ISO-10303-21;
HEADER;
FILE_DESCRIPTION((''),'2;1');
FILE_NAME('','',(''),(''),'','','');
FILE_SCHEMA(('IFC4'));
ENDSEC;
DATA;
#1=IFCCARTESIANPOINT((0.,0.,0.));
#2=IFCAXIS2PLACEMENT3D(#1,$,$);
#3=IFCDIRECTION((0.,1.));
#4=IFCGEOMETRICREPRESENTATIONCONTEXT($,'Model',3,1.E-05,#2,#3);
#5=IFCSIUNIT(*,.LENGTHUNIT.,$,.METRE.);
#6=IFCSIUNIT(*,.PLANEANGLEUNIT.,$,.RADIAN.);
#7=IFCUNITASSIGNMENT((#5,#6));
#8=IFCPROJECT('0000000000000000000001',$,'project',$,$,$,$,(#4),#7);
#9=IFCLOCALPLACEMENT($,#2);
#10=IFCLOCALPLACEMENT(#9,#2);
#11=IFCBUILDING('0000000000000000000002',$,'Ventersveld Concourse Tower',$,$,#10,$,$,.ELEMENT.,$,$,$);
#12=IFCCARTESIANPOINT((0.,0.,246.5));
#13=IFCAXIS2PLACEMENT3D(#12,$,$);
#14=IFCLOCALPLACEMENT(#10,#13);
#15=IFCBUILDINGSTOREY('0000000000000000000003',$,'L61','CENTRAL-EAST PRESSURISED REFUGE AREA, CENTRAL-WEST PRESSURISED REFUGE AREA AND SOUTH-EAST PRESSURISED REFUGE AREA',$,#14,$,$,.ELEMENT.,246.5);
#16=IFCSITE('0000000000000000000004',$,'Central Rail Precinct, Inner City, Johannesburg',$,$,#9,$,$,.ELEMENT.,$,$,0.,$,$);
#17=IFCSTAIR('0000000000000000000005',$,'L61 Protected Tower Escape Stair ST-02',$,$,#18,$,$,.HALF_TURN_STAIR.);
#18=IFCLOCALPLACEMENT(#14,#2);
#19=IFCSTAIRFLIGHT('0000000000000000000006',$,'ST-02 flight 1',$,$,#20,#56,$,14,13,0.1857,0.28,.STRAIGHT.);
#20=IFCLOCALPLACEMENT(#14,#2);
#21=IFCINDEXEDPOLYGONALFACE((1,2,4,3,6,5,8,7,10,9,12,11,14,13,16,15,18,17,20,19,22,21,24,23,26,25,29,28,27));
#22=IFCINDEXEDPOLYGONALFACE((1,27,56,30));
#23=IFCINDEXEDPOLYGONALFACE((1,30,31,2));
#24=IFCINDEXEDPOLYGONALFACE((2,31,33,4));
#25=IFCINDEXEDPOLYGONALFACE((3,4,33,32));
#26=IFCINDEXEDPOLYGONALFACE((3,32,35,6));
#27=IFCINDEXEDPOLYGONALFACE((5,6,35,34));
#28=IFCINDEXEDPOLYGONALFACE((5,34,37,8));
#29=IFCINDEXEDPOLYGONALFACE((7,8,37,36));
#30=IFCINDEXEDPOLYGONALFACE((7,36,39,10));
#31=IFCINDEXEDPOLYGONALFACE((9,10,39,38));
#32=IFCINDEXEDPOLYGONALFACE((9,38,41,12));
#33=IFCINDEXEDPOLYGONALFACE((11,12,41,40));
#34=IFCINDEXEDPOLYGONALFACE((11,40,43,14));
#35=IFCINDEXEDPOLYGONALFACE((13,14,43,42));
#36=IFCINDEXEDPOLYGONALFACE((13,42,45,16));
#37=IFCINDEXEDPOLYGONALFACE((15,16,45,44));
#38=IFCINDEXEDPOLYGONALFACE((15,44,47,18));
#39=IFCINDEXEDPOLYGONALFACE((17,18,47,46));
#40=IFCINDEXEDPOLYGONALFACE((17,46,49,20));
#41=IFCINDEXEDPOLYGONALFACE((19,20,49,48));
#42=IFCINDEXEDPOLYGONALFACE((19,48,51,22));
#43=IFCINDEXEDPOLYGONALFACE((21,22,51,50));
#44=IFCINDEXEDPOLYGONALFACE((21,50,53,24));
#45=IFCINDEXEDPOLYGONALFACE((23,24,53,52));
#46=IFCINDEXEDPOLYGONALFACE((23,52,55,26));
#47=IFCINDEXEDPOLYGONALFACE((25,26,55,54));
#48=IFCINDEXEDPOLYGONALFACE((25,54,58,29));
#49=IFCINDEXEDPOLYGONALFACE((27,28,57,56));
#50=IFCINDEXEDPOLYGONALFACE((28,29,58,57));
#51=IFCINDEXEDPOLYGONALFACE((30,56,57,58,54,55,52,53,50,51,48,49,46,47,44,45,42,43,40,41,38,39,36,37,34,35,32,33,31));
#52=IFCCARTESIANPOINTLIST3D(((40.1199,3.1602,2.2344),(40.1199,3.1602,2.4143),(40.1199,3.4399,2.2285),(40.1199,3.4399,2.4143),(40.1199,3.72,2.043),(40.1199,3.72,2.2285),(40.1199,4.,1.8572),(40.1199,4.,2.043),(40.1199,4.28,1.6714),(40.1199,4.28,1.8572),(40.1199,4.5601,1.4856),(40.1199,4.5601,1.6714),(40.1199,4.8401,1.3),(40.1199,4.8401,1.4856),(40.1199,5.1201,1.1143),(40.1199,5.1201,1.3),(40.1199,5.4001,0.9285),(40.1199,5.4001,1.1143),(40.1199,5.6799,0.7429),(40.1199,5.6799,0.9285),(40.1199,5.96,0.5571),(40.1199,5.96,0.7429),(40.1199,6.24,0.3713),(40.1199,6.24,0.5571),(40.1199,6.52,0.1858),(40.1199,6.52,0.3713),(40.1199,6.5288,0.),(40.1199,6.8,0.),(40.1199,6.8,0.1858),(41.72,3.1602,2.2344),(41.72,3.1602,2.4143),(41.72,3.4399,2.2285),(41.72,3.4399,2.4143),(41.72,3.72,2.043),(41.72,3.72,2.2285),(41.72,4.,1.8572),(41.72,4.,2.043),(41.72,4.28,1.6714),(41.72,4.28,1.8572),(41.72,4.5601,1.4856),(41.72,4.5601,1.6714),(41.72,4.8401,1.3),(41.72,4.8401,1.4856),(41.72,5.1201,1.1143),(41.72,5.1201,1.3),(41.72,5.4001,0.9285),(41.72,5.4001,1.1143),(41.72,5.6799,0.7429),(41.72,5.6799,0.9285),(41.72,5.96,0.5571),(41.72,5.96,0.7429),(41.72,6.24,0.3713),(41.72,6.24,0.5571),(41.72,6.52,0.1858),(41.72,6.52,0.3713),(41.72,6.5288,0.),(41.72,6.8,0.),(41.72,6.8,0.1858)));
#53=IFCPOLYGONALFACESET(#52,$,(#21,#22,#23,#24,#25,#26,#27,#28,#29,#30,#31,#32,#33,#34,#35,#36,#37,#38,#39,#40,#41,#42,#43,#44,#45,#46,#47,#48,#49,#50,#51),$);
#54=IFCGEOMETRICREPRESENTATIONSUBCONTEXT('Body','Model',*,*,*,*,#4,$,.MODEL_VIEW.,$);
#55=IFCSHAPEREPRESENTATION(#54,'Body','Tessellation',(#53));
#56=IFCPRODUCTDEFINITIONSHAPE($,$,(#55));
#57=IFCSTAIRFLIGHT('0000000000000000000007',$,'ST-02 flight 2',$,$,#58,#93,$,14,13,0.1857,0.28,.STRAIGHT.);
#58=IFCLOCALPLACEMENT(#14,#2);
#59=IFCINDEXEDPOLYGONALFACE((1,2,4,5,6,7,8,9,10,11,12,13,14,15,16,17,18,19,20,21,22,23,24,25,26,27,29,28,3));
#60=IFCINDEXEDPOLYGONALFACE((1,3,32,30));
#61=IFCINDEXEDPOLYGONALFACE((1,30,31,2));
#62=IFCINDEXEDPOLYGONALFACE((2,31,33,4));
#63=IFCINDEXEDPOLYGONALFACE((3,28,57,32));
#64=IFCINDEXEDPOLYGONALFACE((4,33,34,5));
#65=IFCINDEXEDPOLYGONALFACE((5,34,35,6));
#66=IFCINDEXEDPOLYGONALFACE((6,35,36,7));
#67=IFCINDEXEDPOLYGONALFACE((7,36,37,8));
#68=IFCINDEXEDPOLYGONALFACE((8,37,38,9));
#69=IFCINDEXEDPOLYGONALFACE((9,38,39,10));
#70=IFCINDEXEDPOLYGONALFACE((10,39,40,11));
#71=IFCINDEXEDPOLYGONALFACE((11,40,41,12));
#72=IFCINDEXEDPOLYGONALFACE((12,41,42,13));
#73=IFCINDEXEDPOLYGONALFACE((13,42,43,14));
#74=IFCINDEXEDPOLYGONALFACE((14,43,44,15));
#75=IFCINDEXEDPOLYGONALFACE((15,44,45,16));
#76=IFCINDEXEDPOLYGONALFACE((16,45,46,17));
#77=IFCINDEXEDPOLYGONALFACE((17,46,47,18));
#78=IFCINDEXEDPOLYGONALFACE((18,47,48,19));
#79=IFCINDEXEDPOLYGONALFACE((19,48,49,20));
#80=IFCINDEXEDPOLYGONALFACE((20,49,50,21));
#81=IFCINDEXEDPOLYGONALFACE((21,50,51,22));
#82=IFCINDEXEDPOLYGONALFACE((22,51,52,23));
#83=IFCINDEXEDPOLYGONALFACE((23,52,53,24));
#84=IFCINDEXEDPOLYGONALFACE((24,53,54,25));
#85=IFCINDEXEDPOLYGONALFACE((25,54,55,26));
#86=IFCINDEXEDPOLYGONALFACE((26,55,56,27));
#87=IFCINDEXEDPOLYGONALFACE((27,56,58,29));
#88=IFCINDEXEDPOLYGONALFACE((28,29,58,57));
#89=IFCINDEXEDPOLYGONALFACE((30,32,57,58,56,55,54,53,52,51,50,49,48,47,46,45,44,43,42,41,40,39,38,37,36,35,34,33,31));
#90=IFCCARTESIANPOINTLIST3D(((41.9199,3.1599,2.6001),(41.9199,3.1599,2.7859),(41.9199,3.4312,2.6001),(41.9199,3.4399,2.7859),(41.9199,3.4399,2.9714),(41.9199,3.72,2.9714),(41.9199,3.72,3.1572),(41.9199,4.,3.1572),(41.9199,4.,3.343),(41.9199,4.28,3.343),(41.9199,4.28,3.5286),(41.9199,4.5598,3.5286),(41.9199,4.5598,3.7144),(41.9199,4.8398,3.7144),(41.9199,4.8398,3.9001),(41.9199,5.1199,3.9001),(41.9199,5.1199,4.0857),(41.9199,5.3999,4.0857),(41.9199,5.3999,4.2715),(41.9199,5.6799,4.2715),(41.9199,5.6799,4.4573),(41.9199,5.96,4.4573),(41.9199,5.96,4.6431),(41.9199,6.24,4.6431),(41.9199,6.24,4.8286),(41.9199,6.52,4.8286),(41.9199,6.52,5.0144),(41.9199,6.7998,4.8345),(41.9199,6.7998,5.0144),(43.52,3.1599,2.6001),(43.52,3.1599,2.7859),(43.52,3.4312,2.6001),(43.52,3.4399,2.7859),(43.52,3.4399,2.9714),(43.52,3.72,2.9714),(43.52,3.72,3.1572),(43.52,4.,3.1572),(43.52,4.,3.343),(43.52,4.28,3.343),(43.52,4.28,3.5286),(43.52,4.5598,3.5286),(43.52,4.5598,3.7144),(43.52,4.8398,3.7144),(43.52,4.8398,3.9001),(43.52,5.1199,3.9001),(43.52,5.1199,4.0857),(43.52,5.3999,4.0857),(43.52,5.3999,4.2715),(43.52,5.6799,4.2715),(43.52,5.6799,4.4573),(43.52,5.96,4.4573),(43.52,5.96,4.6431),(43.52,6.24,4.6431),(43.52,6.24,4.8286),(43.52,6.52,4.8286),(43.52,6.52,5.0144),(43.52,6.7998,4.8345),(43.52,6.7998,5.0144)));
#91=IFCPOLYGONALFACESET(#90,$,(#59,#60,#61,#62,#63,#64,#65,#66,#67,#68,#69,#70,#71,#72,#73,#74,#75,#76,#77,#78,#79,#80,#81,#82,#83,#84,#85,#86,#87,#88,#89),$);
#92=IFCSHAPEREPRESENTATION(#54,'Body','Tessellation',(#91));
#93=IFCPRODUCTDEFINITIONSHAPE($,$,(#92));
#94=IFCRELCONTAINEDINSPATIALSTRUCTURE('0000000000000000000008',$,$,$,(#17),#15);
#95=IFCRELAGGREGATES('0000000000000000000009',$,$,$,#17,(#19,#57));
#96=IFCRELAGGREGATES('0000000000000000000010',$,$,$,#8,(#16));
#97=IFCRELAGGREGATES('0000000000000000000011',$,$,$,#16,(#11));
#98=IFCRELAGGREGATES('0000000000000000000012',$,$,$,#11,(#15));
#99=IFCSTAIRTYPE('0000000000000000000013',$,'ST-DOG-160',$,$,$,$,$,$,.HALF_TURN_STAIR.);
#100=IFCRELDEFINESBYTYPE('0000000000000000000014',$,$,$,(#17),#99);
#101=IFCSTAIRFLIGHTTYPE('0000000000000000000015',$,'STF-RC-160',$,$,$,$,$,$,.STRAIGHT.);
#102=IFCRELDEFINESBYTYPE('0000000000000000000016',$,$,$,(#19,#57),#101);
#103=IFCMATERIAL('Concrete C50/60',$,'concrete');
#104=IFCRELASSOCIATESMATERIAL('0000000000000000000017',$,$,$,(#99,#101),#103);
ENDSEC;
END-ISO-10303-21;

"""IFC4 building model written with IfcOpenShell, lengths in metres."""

from ifc_helpers import new_model, si_unit, direction, frame, origin, place, context, subcontext, project, spatial, polyline, outline, extrude, material, type_object, element, aggregate, save


model = new_model("IFC4")

# Units and contexts
model_context = context("Model", 3, precision=1e-05, world=origin(), true_north=direction((0.0, 1.0)))
body_context = subcontext(model_context, "Body", "Model", "MODEL_VIEW")
ifc_project = project(units=[si_unit("LENGTHUNIT", "METRE"), si_unit("PLANEANGLEUNIT", "RADIAN")], contexts=[model_context])

# Site, building, storey
site_placement = place(None, origin())
site = spatial("IfcSite", under=ifc_project, at=site_placement, Name="Central Rail Precinct, Inner City, Johannesburg", CompositionType="ELEMENT", RefElevation=0.0)
building_placement = place(site_placement, origin())
building = spatial("IfcBuilding", under=site, at=building_placement, Name="Ventersveld Concourse Tower", CompositionType="ELEMENT")
storey_placement = place(building_placement, frame((0.0, 0.0, 246.5)))
storey = spatial("IfcBuildingStorey", under=building, at=storey_placement, Name="L61", Description="CENTRAL-EAST PRESSURISED REFUGE AREA, CENTRAL-WEST PRESSURISED REFUGE AREA AND SOUTH-EAST PRESSURISED REFUGE AREA", CompositionType="ELEMENT", Elevation=246.5)

# Shared definitions
ifc_material_1 = material(Name="Concrete C50/60", Category="concrete")

# Stair, stair flights
stair_type = type_object("IfcStairType", Name="ST-DOG-160", PredefinedType="HALF_TURN_STAIR", material=ifc_material_1)
stair_placement = place(storey_placement, origin())
stair = element("IfcStair", 1, at=stair_placement, inside=storey, type_object=stair_type, Name="L61 Protected Tower Escape Stair ST-02", PredefinedType="HALF_TURN_STAIR")
stair_flight_type = type_object("IfcStairFlightType", Name="STF-RC-160", PredefinedType="STRAIGHT", material=ifc_material_1)
stair_flight_1_placement = place(storey_placement, frame((40.9199, 6.8, 0.0), z_axis=(0.0, 0.0, 1.0), x_axis=(0.0, -1.0, 0.0)))
stair_flight_1 = element("IfcStairFlight", 2, at=stair_flight_1_placement, type_object=stair_flight_type, Name="ST-02 flight 1", NumberOfRisers=14, NumberOfTreads=13, PredefinedType="STRAIGHT", RiserHeight=0.1857, TreadLength=0.28, context=body_context, shape_type="SweptSolid", body=[
    extrude(outline(polyline([(0.0, 0.0), (0.0, 0.1858), (0.28, 0.1858), (0.28, 0.3713), (0.5601, 0.3713), (0.5601, 0.5571), (0.8401, 0.5571), (0.8401, 0.7429), (1.1201, 0.7429), (1.1201, 0.9285), (1.3999, 0.9285), (1.3999, 1.1143), (1.6799, 1.1143), (1.6799, 1.3), (1.96, 1.3), (1.96, 1.4856), (2.24, 1.4856), (2.24, 1.6714), (2.52, 1.6714), (2.52, 1.8572), (2.8, 1.8572), (2.8, 2.043), (3.0801, 2.043), (3.0801, 2.2285), (3.3601, 2.2285), (3.3601, 2.4143), (3.6399, 2.4143), (3.6399, 2.6001), (3.6399, 2.2344), (0.2712, 0.0), (0.0, 0.0)])), frame((0.0, 0.8, 0.0), z_axis=(0.0, -1.0, 0.0), x_axis=(1.0, 0.0, 0.0)), (0.0, 0.0, 1.0), 1.6001),
])
stair_flight_2_placement = place(storey_placement, frame((42.72, 3.1599, 2.6001), z_axis=(0.0, 0.0, 1.0), x_axis=(0.0, 1.0, 0.0)))
stair_flight_2 = element("IfcStairFlight", 3, at=stair_flight_2_placement, type_object=stair_flight_type, Name="ST-02 flight 2", NumberOfRisers=14, NumberOfTreads=13, PredefinedType="STRAIGHT", RiserHeight=0.1857, TreadLength=0.28, context=body_context, shape_type="SweptSolid", body=[
    extrude(outline(polyline([(0.0, 0.0), (0.0, 0.1858), (0.28, 0.1858), (0.28, 0.3713), (0.5601, 0.3713), (0.5601, 0.5571), (0.8401, 0.5571), (0.8401, 0.7429), (1.1201, 0.7429), (1.1201, 0.9285), (1.3999, 0.9285), (1.3999, 1.1143), (1.6799, 1.1143), (1.6799, 1.3), (1.96, 1.3), (1.96, 1.4856), (2.24, 1.4856), (2.24, 1.6714), (2.52, 1.6714), (2.52, 1.8572), (2.8, 1.8572), (2.8, 2.043), (3.0801, 2.043), (3.0801, 2.2285), (3.3601, 2.2285), (3.3601, 2.4143), (3.6399, 2.4143), (3.6399, 2.6001), (3.6399, 2.2344), (0.2712, 0.0), (0.0, 0.0)])), frame((0.0, 0.8, 0.0), z_axis=(0.0, -1.0, 0.0), x_axis=(1.0, 0.0, 0.0)), (0.0, 0.0, 1.0), 1.6001),
])
aggregate(stair, [stair_flight_1, stair_flight_2])

save(model, "model.ifc")
